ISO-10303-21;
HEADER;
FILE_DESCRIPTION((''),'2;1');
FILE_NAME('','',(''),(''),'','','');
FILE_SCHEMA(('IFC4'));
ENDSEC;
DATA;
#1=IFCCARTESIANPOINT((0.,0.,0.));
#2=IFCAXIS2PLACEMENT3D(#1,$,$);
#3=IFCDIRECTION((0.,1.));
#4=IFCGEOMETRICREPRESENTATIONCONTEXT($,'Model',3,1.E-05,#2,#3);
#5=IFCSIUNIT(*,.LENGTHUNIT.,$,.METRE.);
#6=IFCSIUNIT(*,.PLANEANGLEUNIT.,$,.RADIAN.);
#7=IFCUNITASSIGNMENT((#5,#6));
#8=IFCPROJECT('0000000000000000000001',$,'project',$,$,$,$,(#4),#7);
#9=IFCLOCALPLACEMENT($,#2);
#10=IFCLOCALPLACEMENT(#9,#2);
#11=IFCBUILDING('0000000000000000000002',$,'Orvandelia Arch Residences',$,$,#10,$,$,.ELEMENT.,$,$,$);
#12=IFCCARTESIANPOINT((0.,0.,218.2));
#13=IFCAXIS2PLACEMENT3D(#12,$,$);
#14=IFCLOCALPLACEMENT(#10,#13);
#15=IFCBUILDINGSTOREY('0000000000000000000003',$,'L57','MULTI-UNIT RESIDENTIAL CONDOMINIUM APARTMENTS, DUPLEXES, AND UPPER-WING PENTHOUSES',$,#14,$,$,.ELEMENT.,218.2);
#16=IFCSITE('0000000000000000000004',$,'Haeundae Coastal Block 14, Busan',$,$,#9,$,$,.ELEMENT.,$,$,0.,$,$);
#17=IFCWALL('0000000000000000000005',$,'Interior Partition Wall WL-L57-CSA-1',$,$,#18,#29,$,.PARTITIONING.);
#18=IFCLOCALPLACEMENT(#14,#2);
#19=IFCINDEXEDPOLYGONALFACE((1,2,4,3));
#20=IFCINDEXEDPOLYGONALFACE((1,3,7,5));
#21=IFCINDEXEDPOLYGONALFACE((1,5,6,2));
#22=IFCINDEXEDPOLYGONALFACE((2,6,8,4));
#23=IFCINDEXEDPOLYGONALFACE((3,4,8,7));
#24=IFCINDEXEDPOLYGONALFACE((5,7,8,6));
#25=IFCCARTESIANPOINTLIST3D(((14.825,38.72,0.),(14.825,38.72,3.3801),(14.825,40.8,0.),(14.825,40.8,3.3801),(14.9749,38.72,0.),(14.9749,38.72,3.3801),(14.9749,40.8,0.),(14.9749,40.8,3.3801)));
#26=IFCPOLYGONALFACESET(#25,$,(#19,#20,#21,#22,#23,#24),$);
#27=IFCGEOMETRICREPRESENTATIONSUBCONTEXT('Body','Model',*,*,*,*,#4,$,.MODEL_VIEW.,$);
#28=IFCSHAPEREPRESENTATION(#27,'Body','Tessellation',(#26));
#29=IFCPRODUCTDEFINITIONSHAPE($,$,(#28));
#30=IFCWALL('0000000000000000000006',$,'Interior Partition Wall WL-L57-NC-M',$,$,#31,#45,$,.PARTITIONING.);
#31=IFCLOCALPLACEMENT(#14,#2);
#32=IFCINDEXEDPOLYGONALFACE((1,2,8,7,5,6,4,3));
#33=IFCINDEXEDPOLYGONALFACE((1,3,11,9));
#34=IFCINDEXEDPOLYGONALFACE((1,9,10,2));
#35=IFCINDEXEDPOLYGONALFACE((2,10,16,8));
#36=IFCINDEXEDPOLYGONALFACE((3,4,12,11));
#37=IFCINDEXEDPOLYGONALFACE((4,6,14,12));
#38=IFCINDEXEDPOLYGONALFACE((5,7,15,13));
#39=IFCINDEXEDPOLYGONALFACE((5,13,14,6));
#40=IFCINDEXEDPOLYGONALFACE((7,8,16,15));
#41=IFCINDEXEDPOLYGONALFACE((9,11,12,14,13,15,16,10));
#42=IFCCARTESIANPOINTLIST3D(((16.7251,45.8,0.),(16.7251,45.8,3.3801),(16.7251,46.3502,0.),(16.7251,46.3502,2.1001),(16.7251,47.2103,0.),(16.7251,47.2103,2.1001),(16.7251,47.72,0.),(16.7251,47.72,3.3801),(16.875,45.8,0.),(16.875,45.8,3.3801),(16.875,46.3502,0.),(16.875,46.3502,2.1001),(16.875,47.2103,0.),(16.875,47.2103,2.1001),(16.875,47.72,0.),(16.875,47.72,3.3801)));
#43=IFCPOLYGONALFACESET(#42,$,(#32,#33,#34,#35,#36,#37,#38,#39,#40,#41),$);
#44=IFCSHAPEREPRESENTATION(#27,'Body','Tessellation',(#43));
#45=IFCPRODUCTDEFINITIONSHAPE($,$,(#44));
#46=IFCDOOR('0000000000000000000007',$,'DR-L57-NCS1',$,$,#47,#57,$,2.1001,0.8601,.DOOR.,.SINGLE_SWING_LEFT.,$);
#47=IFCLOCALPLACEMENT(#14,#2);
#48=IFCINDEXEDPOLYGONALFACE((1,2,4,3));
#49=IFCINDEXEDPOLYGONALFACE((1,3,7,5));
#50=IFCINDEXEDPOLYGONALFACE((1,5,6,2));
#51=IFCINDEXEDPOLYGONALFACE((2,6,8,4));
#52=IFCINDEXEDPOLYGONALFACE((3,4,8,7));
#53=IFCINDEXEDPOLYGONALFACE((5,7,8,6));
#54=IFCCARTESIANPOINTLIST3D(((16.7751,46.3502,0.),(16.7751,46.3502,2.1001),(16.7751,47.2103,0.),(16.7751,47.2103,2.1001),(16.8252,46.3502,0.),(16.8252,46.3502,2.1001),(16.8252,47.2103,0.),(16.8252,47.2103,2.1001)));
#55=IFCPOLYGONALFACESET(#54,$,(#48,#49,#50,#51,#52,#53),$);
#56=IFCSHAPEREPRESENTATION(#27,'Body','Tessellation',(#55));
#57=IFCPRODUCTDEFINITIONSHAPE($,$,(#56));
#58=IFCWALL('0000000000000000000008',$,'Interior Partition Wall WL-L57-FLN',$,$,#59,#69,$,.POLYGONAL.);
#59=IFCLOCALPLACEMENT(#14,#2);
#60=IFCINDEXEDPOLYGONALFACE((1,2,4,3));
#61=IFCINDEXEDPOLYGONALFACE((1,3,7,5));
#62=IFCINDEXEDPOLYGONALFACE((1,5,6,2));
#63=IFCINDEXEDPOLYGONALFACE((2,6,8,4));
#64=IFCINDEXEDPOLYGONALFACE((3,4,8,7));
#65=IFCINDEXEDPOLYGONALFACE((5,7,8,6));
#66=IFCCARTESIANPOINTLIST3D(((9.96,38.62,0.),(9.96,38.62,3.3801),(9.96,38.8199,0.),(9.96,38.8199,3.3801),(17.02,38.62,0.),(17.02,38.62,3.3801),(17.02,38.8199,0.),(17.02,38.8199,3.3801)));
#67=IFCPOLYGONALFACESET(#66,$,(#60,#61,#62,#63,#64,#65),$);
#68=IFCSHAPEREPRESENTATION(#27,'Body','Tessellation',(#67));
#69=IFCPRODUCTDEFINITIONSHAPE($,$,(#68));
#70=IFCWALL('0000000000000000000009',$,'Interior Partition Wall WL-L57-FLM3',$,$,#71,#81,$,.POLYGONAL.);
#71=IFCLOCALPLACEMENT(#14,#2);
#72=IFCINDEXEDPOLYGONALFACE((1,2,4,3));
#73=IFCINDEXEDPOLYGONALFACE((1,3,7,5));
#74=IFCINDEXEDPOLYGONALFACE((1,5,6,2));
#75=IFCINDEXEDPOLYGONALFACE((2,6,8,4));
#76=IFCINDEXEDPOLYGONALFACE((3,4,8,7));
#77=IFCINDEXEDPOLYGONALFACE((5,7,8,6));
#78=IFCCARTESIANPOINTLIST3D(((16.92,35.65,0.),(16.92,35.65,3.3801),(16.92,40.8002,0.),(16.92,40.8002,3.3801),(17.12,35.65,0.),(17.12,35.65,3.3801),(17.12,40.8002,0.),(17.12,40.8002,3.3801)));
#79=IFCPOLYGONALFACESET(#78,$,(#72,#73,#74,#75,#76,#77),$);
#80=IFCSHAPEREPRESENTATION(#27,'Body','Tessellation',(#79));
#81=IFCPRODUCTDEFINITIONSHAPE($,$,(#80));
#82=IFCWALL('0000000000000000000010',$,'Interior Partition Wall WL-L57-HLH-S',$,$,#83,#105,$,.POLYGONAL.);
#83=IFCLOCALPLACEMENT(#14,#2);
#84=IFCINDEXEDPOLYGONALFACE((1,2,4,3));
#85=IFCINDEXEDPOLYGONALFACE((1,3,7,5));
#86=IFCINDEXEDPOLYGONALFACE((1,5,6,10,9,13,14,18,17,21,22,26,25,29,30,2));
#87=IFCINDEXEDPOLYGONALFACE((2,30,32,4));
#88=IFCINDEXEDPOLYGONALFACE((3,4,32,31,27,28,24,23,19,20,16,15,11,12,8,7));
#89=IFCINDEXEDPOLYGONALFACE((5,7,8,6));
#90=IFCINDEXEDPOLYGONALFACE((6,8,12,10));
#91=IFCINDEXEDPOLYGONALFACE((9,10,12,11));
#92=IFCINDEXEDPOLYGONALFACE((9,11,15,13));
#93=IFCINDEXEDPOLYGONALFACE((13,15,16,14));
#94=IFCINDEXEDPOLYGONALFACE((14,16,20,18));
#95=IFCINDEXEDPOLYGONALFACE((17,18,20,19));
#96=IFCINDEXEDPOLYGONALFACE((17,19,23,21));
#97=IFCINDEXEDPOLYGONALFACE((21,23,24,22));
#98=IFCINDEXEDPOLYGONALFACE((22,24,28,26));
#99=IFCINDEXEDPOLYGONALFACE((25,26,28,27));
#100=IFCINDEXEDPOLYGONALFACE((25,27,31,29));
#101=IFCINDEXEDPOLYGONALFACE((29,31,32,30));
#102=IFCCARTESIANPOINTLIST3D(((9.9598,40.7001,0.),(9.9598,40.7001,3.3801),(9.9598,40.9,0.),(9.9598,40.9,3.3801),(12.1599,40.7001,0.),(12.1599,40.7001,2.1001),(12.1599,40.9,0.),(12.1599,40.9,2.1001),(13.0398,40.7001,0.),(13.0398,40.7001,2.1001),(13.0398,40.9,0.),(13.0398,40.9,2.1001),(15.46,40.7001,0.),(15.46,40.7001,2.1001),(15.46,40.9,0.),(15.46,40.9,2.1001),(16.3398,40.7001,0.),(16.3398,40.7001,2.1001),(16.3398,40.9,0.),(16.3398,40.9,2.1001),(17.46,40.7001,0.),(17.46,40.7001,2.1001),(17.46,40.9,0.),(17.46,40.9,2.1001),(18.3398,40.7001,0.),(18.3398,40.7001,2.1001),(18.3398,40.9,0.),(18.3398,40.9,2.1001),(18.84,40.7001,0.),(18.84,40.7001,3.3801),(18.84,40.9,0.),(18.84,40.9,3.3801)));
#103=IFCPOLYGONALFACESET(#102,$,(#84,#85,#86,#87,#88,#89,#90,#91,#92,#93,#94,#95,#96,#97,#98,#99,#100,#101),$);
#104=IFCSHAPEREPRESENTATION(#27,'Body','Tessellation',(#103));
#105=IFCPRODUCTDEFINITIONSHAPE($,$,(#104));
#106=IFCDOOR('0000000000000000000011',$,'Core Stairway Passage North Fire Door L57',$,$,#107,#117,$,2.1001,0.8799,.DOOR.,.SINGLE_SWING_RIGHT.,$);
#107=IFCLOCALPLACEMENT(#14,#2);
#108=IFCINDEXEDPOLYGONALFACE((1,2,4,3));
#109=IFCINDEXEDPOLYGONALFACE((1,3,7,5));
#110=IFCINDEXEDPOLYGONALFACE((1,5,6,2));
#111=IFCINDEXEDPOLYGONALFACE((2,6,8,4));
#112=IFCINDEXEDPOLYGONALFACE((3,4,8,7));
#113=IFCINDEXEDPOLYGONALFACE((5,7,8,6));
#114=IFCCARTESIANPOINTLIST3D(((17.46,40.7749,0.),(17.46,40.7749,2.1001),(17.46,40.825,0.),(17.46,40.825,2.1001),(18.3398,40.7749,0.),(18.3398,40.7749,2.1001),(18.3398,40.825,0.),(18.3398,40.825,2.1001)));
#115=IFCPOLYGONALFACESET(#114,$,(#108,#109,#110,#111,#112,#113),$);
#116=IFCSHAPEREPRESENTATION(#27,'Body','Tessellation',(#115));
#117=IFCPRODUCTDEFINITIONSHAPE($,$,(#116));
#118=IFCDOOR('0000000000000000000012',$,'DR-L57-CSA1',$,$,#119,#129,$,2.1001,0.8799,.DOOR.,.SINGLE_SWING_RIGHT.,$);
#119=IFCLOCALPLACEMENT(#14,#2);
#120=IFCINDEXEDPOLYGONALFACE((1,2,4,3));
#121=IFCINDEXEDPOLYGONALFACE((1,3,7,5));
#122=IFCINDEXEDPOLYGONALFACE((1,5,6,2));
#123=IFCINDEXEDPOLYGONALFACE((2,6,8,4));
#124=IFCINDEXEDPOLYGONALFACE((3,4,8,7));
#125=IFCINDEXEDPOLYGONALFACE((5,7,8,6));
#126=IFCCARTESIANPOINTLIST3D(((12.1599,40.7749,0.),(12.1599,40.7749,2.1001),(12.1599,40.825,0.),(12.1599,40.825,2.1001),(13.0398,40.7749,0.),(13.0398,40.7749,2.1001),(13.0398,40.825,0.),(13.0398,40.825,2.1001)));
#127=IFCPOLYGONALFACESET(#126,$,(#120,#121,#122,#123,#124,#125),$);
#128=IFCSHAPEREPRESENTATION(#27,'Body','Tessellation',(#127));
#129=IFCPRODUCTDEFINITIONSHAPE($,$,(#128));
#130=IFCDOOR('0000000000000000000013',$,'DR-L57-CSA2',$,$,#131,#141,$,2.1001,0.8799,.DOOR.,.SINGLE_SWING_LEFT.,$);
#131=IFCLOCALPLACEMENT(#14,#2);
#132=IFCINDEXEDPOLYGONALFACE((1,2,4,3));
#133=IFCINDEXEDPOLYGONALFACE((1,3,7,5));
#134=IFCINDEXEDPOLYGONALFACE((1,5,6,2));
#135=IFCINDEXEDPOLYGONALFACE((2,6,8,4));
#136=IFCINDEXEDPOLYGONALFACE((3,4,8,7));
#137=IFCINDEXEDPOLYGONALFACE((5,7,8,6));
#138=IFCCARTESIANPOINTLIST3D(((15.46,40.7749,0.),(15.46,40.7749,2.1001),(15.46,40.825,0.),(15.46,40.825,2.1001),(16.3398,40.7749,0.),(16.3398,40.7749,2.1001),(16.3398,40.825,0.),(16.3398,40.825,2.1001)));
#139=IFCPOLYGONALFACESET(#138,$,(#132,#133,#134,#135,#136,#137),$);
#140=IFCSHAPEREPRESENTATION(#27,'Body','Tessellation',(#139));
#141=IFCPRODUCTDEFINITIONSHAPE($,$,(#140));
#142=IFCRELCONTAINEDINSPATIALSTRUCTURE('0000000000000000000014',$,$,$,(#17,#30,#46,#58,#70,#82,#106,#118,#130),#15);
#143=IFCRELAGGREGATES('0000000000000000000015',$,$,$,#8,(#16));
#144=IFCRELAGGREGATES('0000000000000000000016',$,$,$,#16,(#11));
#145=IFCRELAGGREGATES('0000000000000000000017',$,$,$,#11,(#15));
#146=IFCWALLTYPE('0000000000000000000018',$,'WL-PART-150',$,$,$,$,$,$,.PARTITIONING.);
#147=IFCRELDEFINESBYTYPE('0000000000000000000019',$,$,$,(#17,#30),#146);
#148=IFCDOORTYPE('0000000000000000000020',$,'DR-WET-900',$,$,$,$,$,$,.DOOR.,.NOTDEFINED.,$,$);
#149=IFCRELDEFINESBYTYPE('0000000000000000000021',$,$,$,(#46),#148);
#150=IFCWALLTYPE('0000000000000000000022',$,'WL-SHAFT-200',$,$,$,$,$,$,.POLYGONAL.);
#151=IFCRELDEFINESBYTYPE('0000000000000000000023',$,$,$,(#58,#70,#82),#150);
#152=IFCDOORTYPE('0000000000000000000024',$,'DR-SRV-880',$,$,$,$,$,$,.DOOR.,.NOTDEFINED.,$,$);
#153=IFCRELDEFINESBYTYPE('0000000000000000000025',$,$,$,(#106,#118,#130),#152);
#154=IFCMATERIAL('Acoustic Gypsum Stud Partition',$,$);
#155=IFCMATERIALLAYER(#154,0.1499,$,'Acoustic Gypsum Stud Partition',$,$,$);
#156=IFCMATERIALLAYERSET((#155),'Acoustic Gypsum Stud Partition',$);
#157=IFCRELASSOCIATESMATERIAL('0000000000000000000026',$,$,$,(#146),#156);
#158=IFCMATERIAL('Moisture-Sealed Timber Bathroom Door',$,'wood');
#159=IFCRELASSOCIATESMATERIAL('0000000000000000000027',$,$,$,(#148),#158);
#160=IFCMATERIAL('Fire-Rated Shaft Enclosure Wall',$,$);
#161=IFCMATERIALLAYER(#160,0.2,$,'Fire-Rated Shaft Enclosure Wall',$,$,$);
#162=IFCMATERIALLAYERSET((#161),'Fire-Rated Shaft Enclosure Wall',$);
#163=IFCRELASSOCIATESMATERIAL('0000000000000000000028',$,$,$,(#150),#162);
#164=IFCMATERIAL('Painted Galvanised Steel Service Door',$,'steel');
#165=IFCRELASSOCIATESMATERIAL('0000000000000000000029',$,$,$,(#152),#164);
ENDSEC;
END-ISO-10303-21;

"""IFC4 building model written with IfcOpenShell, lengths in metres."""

from ifc_helpers import new_model, si_unit, direction, frame, frame_2d, origin, place, context, subcontext, project, spatial, rectangle, extrude, material, layer, layer_set, type_object, element, fill, save


model = new_model("IFC4")

# Units and contexts
model_context = context("Model", 3, precision=1e-05, world=origin(), true_north=direction((0.0, 1.0)))
body_context = subcontext(model_context, "Body", "Model", "MODEL_VIEW")
ifc_project = project(units=[si_unit("LENGTHUNIT", "METRE"), si_unit("PLANEANGLEUNIT", "RADIAN")], contexts=[model_context])

# Site, building, storey
site_placement = place(None, origin())
site = spatial("IfcSite", under=ifc_project, at=site_placement, Name="Haeundae Coastal Block 14, Busan", CompositionType="ELEMENT", RefElevation=0.0)
building_placement = place(site_placement, origin())
building = spatial("IfcBuilding", under=site, at=building_placement, Name="Orvandelia Arch Residences", CompositionType="ELEMENT")
storey_placement = place(building_placement, frame((0.0, 0.0, 218.2)))
storey = spatial("IfcBuildingStorey", under=building, at=storey_placement, Name="L57", Description="MULTI-UNIT RESIDENTIAL CONDOMINIUM APARTMENTS, DUPLEXES, AND UPPER-WING PENTHOUSES", CompositionType="ELEMENT", Elevation=218.2)

# Wall
ifc_material_1 = material(Name="Acoustic Gypsum Stud Partition")
ifc_layer_1 = layer(ifc_material_1, 0.1499, Name="Acoustic Gypsum Stud Partition")
ifc_layer_set_1 = layer_set([ifc_layer_1], Name="Acoustic Gypsum Stud Partition")
wall_type_1 = type_object("IfcWallType", Name="WL-PART-150", PredefinedType="PARTITIONING", material=ifc_layer_set_1)
wall_1_placement = place(storey_placement, frame((14.8999, 38.72, 0.0), z_axis=(0.0, 0.0, 1.0), x_axis=(0.0, 1.0, 0.0)))
element("IfcWall", 1, at=wall_1_placement, inside=storey, type_object=wall_type_1, Name="Interior Partition Wall WL-L57-CSA-1", PredefinedType="PARTITIONING", context=body_context, shape_type="SweptSolid", body=[
    extrude(rectangle(XDim=2.0801, YDim=0.1499, at=frame_2d((1.04, 0.0))), origin(), (0.0, 0.0, 1.0), 3.3801),
])

# Wall, opening, door
wall_2_placement = place(storey_placement, frame((16.8, 45.8, 0.0), z_axis=(0.0, 0.0, 1.0), x_axis=(0.0, 1.0, 0.0)))
wall_2 = element("IfcWall", 2, at=wall_2_placement, inside=storey, type_object=wall_type_1, Name="Interior Partition Wall WL-L57-NC-M", PredefinedType="PARTITIONING", context=body_context, shape_type="SweptSolid", body=[
    extrude(rectangle(XDim=1.9199, YDim=0.1499, at=frame_2d((0.96, 0.0))), origin(), (0.0, 0.0, 1.0), 3.3801),
])
opening_1_placement = place(wall_2_placement, frame((0.55, 0.0, 0.0)))
opening_1 = element("IfcOpeningElement", 3, at=opening_1_placement, cuts=wall_2, PredefinedType="OPENING", context=body_context, shape_type="SweptSolid", body=[
    extrude(rectangle(XDim=0.8601, YDim=2.1001, at=frame_2d((0.4302, 1.05))), frame((0.0, 0.085, 0.0), z_axis=(0.0, -1.0, 0.0), x_axis=(1.0, 0.0, 0.0)), (0.0, 0.0, 1.0), 0.1699),
])
ifc_material_2 = material(Name="Moisture-Sealed Timber Bathroom Door", Category="wood")
door_type_1 = type_object("IfcDoorType", Name="DR-WET-900", OperationType="NOTDEFINED", PredefinedType="DOOR", material=ifc_material_2)
door_1_placement = place(opening_1_placement, origin())
door_1 = element("IfcDoor", 4, at=door_1_placement, inside=storey, type_object=door_type_1, Name="DR-L57-NCS1", OperationType="SINGLE_SWING_LEFT", OverallHeight=2.1001, OverallWidth=0.8601, PredefinedType="DOOR", context=body_context, shape_type="SweptSolid", body=[
    extrude(rectangle(XDim=0.8601, YDim=2.1001, at=frame_2d((0.4302, 1.05))), frame((0.0, 0.0249, 0.0), z_axis=(0.0, -1.0, 0.0), x_axis=(1.0, 0.0, 0.0)), (0.0, 0.0, 1.0), 0.05),
])
fill(opening_1, door_1)

# Walls
ifc_material_3 = material(Name="Fire-Rated Shaft Enclosure Wall")
ifc_layer_2 = layer(ifc_material_3, 0.2, Name="Fire-Rated Shaft Enclosure Wall")
ifc_layer_set_2 = layer_set([ifc_layer_2], Name="Fire-Rated Shaft Enclosure Wall")
wall_type_2 = type_object("IfcWallType", Name="WL-SHAFT-200", PredefinedType="POLYGONAL", material=ifc_layer_set_2)
wall_3_placement = place(storey_placement, frame((9.96, 38.72, 0.0), z_axis=(0.0, 0.0, 1.0), x_axis=(1.0, 0.0, 0.0)))
element("IfcWall", 5, at=wall_3_placement, inside=storey, type_object=wall_type_2, Name="Interior Partition Wall WL-L57-FLN", PredefinedType="POLYGONAL", context=body_context, shape_type="SweptSolid", body=[
    extrude(rectangle(XDim=7.0601, YDim=0.2, at=frame_2d((3.53, 0.0))), origin(), (0.0, 0.0, 1.0), 3.3801),
])
wall_4_placement = place(storey_placement, frame((17.02, 35.6499, 0.0), z_axis=(0.0, 0.0, 1.0), x_axis=(0.0, 1.0, 0.0)))
element("IfcWall", 6, at=wall_4_placement, inside=storey, type_object=wall_type_2, Name="Interior Partition Wall WL-L57-FLM3", PredefinedType="POLYGONAL", context=body_context, shape_type="SweptSolid", body=[
    extrude(rectangle(XDim=5.1501, YDim=0.2, at=frame_2d((2.5752, 0.0))), origin(), (0.0, 0.0, 1.0), 3.3801),
])

# Wall, openings, doors
wall_5_placement = place(storey_placement, frame((9.96, 40.8, 0.0), z_axis=(0.0, 0.0, 1.0), x_axis=(1.0, 0.0, 0.0)))
wall_5 = element("IfcWall", 7, at=wall_5_placement, inside=storey, type_object=wall_type_2, Name="Interior Partition Wall WL-L57-HLH-S", PredefinedType="POLYGONAL", context=body_context, shape_type="SweptSolid", body=[
    extrude(rectangle(XDim=8.8801, YDim=0.2, at=frame_2d((4.4399, 0.0))), origin(), (0.0, 0.0, 1.0), 3.3801),
])
opening_2_placement = place(wall_5_placement, frame((7.5, 0.0, 0.0)))
opening_2 = element("IfcOpeningElement", 8, at=opening_2_placement, cuts=wall_5, PredefinedType="OPENING", context=body_context, shape_type="SweptSolid", body=[
    extrude(rectangle(XDim=0.8799, YDim=2.1001, at=frame_2d((0.4399, 1.05))), frame((0.0, 0.1099, 0.0), z_axis=(0.0, -1.0, 0.0), x_axis=(1.0, 0.0, 0.0)), (0.0, 0.0, 1.0), 0.22),
])
opening_3_placement = place(wall_5_placement, frame((2.2, 0.0, 0.0)))
opening_3 = element("IfcOpeningElement", 9, at=opening_3_placement, cuts=wall_5, PredefinedType="OPENING", context=body_context, shape_type="SweptSolid", body=[
    extrude(rectangle(XDim=0.8799, YDim=2.1001, at=frame_2d((0.4399, 1.05))), frame((0.0, 0.1099, 0.0), z_axis=(0.0, -1.0, 0.0), x_axis=(1.0, 0.0, 0.0)), (0.0, 0.0, 1.0), 0.22),
])
opening_4_placement = place(wall_5_placement, frame((5.5, 0.0, 0.0)))
opening_4 = element("IfcOpeningElement", 10, at=opening_4_placement, cuts=wall_5, PredefinedType="OPENING", context=body_context, shape_type="SweptSolid", body=[
    extrude(rectangle(XDim=0.8799, YDim=2.1001, at=frame_2d((0.4399, 1.05))), frame((0.0, 0.1099, 0.0), z_axis=(0.0, -1.0, 0.0), x_axis=(1.0, 0.0, 0.0)), (0.0, 0.0, 1.0), 0.22),
])
ifc_material_4 = material(Name="Painted Galvanised Steel Service Door", Category="steel")
door_type_2 = type_object("IfcDoorType", Name="DR-SRV-880", OperationType="NOTDEFINED", PredefinedType="DOOR", material=ifc_material_4)
door_2_placement = place(opening_2_placement, origin())
door_2 = element("IfcDoor", 11, at=door_2_placement, inside=storey, type_object=door_type_2, Name="Core Stairway Passage North Fire Door L57", OperationType="SINGLE_SWING_RIGHT", OverallHeight=2.1001, OverallWidth=0.8799, PredefinedType="DOOR", context=body_context, shape_type="SweptSolid", body=[
    extrude(rectangle(XDim=0.8799, YDim=2.1001, at=frame_2d((0.4399, 1.05))), frame((0.0, 0.0249, 0.0), z_axis=(0.0, -1.0, 0.0), x_axis=(1.0, 0.0, 0.0)), (0.0, 0.0, 1.0), 0.05),
])
fill(opening_2, door_2)
door_3_placement = place(opening_3_placement, origin())
door_3 = element("IfcDoor", 12, at=door_3_placement, inside=storey, type_object=door_type_2, Name="DR-L57-CSA1", OperationType="SINGLE_SWING_RIGHT", OverallHeight=2.1001, OverallWidth=0.8799, PredefinedType="DOOR", context=body_context, shape_type="SweptSolid", body=[
    extrude(rectangle(XDim=0.8799, YDim=2.1001, at=frame_2d((0.4399, 1.05))), frame((0.0, 0.0249, 0.0), z_axis=(0.0, -1.0, 0.0), x_axis=(1.0, 0.0, 0.0)), (0.0, 0.0, 1.0), 0.05),
])
fill(opening_3, door_3)
door_4_placement = place(opening_4_placement, origin())
door_4 = element("IfcDoor", 13, at=door_4_placement, inside=storey, type_object=door_type_2, Name="DR-L57-CSA2", OperationType="SINGLE_SWING_LEFT", OverallHeight=2.1001, OverallWidth=0.8799, PredefinedType="DOOR", context=body_context, shape_type="SweptSolid", body=[
    extrude(rectangle(XDim=0.8799, YDim=2.1001, at=frame_2d((0.4399, 1.05))), frame((0.0, 0.0249, 0.0), z_axis=(0.0, -1.0, 0.0), x_axis=(1.0, 0.0, 0.0)), (0.0, 0.0, 1.0), 0.05),
])
fill(opening_4, door_4)

save(model, "model.ifc")
